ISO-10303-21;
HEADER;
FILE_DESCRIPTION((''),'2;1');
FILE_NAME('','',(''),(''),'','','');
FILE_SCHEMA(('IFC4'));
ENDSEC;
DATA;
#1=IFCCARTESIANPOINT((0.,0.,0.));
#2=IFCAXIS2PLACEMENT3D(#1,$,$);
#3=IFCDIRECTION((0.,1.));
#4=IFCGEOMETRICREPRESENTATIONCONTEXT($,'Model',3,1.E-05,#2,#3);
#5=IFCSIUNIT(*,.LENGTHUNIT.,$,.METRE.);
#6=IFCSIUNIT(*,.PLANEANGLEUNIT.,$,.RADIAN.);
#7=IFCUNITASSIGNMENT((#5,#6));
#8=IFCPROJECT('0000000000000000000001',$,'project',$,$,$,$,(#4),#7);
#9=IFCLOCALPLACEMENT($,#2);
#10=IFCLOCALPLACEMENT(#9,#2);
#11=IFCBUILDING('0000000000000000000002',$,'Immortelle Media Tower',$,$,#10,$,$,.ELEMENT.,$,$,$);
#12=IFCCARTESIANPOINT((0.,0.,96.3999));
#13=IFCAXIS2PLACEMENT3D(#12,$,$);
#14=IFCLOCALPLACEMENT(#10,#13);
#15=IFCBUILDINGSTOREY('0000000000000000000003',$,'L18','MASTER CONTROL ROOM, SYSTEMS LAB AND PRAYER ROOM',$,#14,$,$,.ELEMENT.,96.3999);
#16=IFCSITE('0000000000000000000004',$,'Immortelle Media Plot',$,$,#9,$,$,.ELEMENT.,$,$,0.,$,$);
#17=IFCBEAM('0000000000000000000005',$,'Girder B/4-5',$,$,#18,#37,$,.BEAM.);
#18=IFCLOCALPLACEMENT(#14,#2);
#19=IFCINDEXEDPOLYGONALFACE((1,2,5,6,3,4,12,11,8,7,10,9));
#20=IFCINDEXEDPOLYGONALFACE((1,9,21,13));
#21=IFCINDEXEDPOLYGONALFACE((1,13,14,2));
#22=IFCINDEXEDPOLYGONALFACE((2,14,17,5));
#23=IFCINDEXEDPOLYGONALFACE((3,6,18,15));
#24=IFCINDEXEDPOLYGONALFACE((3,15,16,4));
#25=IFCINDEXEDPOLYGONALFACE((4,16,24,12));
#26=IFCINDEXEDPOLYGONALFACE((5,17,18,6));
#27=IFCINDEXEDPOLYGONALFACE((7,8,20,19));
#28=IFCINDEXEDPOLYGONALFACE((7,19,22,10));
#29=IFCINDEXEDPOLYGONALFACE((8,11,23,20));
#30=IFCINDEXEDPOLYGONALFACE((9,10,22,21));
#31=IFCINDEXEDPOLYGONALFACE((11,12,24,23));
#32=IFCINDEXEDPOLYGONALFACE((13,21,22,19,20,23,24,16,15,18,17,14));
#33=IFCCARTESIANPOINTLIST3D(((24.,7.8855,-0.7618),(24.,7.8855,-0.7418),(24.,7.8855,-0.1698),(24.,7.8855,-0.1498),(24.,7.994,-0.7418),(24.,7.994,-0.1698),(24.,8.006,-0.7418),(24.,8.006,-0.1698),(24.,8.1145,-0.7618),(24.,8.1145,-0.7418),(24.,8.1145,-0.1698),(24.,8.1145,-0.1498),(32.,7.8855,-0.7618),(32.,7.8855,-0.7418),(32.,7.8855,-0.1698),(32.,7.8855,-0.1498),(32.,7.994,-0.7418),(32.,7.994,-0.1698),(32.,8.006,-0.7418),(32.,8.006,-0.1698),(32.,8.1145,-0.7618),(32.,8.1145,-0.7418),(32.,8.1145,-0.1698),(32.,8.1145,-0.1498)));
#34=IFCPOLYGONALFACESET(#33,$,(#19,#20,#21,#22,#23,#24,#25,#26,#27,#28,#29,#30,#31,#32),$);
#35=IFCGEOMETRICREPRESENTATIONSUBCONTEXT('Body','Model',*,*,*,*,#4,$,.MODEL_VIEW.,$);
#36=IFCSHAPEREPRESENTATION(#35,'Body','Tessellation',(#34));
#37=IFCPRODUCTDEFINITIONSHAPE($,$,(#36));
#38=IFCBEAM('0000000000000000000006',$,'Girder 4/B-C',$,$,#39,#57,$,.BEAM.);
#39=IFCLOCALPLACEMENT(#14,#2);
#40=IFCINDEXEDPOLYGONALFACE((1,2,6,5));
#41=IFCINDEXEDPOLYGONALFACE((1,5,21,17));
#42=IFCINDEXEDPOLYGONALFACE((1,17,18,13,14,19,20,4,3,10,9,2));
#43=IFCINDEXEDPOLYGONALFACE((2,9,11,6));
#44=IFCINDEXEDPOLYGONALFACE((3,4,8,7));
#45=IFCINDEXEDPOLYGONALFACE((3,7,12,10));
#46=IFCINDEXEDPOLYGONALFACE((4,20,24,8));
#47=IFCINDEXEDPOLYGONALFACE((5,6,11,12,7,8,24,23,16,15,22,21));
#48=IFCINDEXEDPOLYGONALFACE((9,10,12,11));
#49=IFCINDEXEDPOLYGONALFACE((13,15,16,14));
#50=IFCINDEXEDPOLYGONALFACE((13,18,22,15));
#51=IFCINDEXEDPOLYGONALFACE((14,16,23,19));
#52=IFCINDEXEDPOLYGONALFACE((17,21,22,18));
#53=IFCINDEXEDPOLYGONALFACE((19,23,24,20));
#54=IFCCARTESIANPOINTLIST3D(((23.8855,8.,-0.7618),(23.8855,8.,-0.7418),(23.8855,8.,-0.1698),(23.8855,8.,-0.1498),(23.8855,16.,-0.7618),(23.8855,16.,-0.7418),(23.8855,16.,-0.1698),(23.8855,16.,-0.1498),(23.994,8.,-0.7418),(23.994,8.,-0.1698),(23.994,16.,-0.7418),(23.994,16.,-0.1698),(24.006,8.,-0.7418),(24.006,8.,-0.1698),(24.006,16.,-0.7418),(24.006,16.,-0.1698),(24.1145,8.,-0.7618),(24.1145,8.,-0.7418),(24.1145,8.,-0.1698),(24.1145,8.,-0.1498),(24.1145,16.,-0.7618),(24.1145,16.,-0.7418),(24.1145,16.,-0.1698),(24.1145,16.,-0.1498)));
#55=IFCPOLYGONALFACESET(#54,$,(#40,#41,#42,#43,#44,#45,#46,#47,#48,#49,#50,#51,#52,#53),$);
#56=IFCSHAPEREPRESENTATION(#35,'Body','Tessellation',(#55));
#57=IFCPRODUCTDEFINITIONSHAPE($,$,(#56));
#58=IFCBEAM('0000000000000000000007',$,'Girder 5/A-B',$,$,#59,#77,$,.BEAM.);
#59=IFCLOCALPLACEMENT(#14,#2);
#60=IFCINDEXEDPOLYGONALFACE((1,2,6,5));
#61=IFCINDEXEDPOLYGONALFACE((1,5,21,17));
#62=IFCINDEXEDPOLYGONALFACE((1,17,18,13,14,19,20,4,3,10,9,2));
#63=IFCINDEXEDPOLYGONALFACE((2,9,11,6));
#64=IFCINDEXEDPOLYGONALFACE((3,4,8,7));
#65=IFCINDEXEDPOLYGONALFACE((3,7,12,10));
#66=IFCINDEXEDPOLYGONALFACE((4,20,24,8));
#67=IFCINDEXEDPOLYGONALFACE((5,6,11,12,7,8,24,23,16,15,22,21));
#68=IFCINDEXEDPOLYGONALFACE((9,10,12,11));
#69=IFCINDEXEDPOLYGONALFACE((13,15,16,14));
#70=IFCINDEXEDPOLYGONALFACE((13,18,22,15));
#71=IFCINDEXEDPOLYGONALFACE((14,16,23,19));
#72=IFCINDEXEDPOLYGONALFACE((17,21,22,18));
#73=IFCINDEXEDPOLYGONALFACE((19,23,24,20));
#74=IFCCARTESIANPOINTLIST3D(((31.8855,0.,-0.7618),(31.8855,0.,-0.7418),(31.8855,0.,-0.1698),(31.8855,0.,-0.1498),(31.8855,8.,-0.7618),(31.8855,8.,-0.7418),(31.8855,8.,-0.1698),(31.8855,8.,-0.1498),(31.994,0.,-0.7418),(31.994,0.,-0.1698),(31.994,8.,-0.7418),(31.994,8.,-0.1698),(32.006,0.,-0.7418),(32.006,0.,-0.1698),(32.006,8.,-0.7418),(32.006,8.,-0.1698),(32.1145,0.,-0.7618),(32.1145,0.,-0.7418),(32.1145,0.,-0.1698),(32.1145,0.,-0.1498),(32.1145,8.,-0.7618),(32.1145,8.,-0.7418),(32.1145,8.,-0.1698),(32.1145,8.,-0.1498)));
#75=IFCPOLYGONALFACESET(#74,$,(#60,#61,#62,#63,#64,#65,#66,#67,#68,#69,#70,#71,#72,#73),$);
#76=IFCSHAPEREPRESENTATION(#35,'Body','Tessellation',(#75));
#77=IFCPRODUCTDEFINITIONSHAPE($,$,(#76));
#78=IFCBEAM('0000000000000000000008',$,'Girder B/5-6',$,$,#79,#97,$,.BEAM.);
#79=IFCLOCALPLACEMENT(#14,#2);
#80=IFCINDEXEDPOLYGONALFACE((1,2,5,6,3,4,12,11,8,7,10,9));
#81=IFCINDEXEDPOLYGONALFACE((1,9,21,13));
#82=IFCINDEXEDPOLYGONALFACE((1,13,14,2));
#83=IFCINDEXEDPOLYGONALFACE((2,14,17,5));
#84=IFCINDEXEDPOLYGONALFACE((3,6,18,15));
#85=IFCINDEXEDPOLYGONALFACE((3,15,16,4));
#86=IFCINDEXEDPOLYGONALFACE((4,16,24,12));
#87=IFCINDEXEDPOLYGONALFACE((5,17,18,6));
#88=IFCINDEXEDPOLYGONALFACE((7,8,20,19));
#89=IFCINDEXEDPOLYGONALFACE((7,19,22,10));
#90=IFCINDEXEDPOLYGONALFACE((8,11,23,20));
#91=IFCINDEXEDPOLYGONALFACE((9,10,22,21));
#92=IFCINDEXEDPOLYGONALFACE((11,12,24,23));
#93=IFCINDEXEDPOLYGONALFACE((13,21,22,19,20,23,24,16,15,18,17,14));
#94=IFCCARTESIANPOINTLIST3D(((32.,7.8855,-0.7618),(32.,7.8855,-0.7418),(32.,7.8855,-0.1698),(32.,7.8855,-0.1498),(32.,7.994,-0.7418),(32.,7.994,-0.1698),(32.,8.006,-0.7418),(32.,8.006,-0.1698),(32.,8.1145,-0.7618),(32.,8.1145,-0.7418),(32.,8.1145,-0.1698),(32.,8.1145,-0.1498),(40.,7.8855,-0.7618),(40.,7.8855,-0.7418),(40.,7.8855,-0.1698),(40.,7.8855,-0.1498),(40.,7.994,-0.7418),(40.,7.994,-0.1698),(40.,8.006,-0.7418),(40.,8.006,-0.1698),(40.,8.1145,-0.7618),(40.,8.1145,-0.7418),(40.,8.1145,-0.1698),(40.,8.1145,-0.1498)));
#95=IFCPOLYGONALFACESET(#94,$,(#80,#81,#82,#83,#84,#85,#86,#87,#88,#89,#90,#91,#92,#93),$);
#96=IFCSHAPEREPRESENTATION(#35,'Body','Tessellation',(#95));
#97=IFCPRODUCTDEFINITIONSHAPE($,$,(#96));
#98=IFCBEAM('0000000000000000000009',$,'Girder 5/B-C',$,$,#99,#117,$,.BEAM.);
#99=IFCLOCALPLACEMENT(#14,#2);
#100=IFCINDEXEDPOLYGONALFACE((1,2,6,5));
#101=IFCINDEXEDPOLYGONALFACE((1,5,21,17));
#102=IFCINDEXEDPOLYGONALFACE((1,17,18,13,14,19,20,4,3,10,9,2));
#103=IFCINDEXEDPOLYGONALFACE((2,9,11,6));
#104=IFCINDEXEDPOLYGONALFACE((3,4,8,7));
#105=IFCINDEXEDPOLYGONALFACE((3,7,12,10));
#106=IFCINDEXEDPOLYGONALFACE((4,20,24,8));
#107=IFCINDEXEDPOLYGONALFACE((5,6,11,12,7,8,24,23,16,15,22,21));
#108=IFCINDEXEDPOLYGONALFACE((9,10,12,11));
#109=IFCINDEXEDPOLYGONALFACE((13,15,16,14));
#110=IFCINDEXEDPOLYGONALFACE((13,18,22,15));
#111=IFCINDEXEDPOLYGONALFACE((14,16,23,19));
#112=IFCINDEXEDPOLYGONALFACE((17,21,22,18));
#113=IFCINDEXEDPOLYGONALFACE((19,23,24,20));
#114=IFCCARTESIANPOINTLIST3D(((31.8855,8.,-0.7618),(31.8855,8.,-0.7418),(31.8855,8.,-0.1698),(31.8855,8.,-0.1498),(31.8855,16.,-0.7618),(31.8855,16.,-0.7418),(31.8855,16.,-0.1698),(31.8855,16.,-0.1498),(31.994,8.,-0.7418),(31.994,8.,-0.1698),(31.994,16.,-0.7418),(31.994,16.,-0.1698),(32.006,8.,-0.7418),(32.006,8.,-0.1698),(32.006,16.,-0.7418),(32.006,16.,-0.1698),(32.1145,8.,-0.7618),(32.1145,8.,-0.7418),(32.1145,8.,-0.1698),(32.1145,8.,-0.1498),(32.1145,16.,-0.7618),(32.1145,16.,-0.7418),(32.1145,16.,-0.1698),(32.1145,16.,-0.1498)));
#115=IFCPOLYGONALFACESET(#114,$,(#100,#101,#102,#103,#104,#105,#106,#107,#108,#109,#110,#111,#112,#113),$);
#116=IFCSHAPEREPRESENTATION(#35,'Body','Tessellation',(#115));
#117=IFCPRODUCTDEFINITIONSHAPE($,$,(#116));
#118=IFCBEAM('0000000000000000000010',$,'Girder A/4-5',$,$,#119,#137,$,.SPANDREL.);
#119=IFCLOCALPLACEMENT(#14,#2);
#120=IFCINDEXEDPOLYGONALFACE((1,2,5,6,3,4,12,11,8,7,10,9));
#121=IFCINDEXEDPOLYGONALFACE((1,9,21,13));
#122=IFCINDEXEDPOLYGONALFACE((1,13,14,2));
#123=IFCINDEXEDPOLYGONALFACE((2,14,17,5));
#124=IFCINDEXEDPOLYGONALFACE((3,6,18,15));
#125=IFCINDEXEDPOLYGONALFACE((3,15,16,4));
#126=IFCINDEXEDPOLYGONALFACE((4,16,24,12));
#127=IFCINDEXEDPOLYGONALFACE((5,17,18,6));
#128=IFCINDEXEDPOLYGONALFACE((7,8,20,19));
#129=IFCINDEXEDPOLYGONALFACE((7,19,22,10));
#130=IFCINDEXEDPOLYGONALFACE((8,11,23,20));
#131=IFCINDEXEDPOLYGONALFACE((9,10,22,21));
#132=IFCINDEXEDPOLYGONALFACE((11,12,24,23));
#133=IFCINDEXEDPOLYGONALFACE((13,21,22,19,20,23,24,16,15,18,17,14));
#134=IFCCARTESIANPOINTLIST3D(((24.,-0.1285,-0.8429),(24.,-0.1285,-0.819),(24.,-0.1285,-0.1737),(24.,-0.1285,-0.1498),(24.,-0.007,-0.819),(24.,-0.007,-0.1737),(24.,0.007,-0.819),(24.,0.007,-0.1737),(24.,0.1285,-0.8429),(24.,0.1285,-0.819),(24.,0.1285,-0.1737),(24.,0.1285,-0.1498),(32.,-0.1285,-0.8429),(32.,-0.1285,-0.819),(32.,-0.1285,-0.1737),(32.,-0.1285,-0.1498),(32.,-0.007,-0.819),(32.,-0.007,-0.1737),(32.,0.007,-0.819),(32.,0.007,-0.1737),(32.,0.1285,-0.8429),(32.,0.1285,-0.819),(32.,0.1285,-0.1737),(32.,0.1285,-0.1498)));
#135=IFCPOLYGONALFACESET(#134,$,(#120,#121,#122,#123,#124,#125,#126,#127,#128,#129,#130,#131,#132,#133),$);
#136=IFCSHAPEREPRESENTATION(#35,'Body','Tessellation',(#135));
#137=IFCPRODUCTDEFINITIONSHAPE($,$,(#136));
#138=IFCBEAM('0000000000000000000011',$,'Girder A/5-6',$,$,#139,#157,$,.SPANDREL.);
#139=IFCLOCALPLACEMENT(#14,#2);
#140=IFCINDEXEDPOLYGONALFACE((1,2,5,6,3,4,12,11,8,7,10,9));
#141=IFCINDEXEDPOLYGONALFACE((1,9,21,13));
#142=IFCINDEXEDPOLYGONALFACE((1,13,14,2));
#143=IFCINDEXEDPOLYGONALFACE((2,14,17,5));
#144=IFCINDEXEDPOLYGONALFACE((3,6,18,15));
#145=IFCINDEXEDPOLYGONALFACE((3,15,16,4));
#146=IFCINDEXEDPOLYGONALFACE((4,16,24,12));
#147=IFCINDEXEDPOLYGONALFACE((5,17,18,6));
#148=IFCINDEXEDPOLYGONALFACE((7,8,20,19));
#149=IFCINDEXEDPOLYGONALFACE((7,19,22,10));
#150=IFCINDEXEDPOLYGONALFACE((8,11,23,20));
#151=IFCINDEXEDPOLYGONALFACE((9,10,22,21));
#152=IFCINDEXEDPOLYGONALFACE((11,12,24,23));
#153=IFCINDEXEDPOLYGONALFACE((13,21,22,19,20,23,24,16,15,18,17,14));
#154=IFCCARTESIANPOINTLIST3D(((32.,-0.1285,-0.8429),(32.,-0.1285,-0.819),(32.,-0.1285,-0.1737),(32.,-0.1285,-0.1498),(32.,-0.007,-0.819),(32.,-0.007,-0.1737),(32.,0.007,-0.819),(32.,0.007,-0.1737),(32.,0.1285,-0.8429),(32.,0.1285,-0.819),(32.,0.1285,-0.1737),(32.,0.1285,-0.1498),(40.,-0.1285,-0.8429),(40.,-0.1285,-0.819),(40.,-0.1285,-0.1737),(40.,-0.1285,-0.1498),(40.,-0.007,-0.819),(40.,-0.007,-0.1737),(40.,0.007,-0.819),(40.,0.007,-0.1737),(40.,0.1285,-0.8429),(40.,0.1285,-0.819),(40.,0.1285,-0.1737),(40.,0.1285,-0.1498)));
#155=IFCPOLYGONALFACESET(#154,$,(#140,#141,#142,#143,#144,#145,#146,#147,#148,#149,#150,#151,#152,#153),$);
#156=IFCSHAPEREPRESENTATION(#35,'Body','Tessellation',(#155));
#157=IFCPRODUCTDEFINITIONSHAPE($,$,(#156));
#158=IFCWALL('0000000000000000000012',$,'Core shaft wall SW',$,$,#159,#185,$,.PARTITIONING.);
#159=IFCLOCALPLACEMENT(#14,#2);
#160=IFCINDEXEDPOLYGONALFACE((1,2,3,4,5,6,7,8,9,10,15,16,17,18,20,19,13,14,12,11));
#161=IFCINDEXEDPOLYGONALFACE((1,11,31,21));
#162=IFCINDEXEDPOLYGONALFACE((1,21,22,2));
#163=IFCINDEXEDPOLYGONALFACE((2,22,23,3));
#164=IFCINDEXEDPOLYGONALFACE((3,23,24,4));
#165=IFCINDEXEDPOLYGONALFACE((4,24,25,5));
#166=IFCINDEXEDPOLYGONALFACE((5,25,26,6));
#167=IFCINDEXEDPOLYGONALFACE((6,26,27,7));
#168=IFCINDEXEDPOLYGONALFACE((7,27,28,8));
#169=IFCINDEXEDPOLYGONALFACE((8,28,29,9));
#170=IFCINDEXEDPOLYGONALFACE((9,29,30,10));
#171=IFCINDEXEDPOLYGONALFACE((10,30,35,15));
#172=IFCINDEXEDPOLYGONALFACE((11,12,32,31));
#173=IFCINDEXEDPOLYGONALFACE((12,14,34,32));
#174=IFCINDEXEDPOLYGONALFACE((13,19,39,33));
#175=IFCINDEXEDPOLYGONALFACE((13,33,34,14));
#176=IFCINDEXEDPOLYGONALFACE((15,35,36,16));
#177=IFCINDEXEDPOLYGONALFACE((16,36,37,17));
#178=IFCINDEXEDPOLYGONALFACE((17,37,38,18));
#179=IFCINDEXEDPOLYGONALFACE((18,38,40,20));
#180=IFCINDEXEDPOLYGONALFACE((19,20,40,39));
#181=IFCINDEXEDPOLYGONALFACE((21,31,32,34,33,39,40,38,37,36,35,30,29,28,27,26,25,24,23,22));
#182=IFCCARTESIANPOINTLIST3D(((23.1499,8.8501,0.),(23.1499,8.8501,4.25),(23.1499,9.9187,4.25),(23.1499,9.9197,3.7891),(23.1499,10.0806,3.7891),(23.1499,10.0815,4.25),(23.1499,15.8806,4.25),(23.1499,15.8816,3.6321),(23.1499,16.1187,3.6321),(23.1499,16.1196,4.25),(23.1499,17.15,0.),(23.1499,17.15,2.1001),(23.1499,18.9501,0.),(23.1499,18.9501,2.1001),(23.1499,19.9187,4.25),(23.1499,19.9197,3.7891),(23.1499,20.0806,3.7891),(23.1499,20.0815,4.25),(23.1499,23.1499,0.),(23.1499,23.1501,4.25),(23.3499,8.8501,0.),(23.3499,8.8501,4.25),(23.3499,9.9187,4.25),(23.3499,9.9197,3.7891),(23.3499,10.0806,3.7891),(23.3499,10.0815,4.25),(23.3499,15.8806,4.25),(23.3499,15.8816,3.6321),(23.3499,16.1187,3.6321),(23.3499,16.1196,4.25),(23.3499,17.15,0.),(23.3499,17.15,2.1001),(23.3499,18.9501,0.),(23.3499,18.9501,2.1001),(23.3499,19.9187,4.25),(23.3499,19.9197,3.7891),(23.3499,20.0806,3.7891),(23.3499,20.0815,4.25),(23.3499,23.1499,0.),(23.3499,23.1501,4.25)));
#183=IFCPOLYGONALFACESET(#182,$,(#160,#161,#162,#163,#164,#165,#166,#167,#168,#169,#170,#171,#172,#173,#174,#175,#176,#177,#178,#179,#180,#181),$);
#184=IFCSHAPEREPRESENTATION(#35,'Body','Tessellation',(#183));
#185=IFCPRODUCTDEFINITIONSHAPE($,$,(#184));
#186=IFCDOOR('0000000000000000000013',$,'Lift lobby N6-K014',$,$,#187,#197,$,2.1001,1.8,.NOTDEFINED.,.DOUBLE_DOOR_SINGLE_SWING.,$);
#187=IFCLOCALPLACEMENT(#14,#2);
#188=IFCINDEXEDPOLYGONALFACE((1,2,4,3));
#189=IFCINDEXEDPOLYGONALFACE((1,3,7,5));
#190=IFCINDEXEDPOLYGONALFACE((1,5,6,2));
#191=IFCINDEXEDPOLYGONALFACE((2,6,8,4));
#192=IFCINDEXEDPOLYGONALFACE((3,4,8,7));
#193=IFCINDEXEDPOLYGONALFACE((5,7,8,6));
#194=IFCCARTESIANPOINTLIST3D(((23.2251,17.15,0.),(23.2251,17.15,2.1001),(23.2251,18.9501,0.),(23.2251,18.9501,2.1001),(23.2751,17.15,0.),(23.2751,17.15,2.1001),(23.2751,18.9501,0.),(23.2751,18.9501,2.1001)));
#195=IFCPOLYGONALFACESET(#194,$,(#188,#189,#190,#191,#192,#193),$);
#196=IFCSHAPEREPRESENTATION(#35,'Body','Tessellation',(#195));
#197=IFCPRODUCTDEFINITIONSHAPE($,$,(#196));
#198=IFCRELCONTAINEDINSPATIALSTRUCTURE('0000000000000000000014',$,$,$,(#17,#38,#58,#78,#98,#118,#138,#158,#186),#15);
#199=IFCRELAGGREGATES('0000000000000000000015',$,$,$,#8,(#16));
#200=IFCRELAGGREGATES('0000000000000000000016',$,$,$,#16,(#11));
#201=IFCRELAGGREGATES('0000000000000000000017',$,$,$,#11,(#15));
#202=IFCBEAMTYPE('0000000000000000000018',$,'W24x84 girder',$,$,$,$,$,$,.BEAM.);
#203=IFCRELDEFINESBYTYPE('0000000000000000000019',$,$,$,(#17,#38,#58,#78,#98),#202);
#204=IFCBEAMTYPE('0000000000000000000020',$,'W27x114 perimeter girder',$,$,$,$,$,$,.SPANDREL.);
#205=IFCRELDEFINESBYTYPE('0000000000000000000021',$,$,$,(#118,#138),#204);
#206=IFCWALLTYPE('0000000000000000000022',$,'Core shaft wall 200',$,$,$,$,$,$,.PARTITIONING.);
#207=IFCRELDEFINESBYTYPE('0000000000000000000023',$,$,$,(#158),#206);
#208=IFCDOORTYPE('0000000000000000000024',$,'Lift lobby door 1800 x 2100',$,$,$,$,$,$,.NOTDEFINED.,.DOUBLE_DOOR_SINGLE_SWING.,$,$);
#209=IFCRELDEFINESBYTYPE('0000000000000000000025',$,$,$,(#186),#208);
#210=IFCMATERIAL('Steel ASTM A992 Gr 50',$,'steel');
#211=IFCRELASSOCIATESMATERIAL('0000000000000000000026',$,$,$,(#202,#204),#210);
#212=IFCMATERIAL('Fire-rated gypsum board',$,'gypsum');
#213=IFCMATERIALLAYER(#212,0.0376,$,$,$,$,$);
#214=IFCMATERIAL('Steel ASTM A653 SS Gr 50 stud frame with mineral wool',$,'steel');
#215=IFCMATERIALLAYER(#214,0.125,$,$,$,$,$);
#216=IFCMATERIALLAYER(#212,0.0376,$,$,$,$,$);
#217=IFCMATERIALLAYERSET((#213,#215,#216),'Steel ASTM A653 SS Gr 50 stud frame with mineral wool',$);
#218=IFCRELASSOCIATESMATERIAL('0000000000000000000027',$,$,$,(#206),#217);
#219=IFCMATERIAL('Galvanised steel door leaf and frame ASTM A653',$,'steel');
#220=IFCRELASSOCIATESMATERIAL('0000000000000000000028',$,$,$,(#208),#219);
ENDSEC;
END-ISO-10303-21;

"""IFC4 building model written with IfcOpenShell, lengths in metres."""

from ifc_helpers import new_model, si_unit, direction, frame, frame_2d, origin, origin_2d, place, context, subcontext, project, spatial, polyline, rectangle, i_section, outline, extrude, material, layer, layer_set, material_profile, profile_set, type_object, element, fill, save


model = new_model("IFC4")

# Units and contexts
model_context = context("Model", 3, precision=1e-05, world=origin(), true_north=direction((0.0, 1.0)))
body_context = subcontext(model_context, "Body", "Model", "MODEL_VIEW")
ifc_project = project(units=[si_unit("LENGTHUNIT", "METRE"), si_unit("PLANEANGLEUNIT", "RADIAN")], contexts=[model_context])

# Site, building, storey
site_placement = place(None, origin())
site = spatial("IfcSite", under=ifc_project, at=site_placement, Name="Immortelle Media Plot", CompositionType="ELEMENT", RefElevation=0.0)
building_placement = place(site_placement, origin())
building = spatial("IfcBuilding", under=site, at=building_placement, Name="Immortelle Media Tower", CompositionType="ELEMENT")
storey_placement = place(building_placement, frame((0.0, 0.0, 96.3999)))
storey = spatial("IfcBuildingStorey", under=building, at=storey_placement, Name="L18", Description="MASTER CONTROL ROOM, SYSTEMS LAB AND PRAYER ROOM", CompositionType="ELEMENT", Elevation=96.3999)

# Shared definitions
ifc_material_1 = material(Name="Steel ASTM A992 Gr 50", Category="steel")

# Beams
ifc_material_profile_1 = material_profile(ifc_material_1, i_section(OverallWidth=0.229, OverallDepth=0.6121, WebThickness=0.012, FlangeThickness=0.02, at=origin_2d()), Name="W24x84")
ifc_profile_set_1 = profile_set([ifc_material_profile_1], Name="Steel ASTM A992 Gr 50")
beam_type_1 = type_object("IfcBeamType", Name="W24x84 girder", PredefinedType="BEAM", material=ifc_profile_set_1)
for number, where, z_axis, x_axis, name in (
    (1, (24.0, 8.0, -0.4558), (1.0, 0.0, 0.0), (0.0, 1.0, 0.0), "Girder B/4-5"),
    (2, (24.0, 8.0, -0.4558), (0.0, 1.0, 0.0), (-1.0, 0.0, 0.0), "Girder 4/B-C"),
    (3, (32.0, 0.0, -0.4558), (0.0, 1.0, 0.0), (-1.0, 0.0, 0.0), "Girder 5/A-B"),
    (4, (32.0, 8.0, -0.4558), (1.0, 0.0, 0.0), (0.0, 1.0, 0.0), "Girder B/5-6"),
    (5, (32.0, 8.0, -0.4558), (0.0, 1.0, 0.0), (-1.0, 0.0, 0.0), "Girder 5/B-C"),
):
    element("IfcBeam", number, at=place(storey_placement, frame(where, z_axis=z_axis, x_axis=x_axis)), inside=storey, type_object=beam_type_1, Name=name, PredefinedType="BEAM", context=body_context, shape_type="SweptSolid", body=[
        extrude(i_section(OverallWidth=0.229, OverallDepth=0.6121, WebThickness=0.012, FlangeThickness=0.02, at=origin_2d()), origin(), (0.0, 0.0, 1.0), 8.0),
    ])
ifc_material_profile_2 = material_profile(ifc_material_1, i_section(OverallWidth=0.2571, OverallDepth=0.6931, WebThickness=0.0139, FlangeThickness=0.0239, at=origin_2d()), Name="W27x114")
ifc_profile_set_2 = profile_set([ifc_material_profile_2], Name="Steel ASTM A992 Gr 50")
beam_type_2 = type_object("IfcBeamType", Name="W27x114 perimeter girder", PredefinedType="SPANDREL", material=ifc_profile_set_2)
for number, where, z_axis, x_axis, name in (
    (6, (24.0, 0.0, -0.4963), (1.0, 0.0, 0.0), (0.0, 1.0, 0.0), "Girder A/4-5"),
    (7, (32.0, 0.0, -0.4963), (1.0, 0.0, 0.0), (0.0, 1.0, 0.0), "Girder A/5-6"),
):
    element("IfcBeam", number, at=place(storey_placement, frame(where, z_axis=z_axis, x_axis=x_axis)), inside=storey, type_object=beam_type_2, Name=name, PredefinedType="SPANDREL", context=body_context, shape_type="SweptSolid", body=[
        extrude(i_section(OverallWidth=0.2571, OverallDepth=0.6931, WebThickness=0.0139, FlangeThickness=0.0239, at=origin_2d()), origin(), (0.0, 0.0, 1.0), 8.0),
    ])

# Wall, opening, door
ifc_material_2 = material(Name="Fire-rated gypsum board", Category="gypsum")
ifc_layer_1 = layer(ifc_material_2, 0.0376)
ifc_material_3 = material(Name="Steel ASTM A653 SS Gr 50 stud frame with mineral wool", Category="steel")
ifc_layer_2 = layer(ifc_material_3, 0.125)
ifc_layer_3 = layer(ifc_material_2, 0.0376)
ifc_layer_set_1 = layer_set([ifc_layer_1, ifc_layer_2, ifc_layer_3], Name="Steel ASTM A653 SS Gr 50 stud frame with mineral wool")
wall_type_1 = type_object("IfcWallType", Name="Core shaft wall 200", PredefinedType="PARTITIONING", material=ifc_layer_set_1)
wall_1_placement = place(storey_placement, frame((23.25, 8.8501, 0.0), z_axis=(0.0, 0.0, 1.0), x_axis=(0.0, 1.0, 0.0)))
wall_1 = element("IfcWall", 8, at=wall_1_placement, inside=storey, type_object=wall_type_1, Name="Core shaft wall SW", PredefinedType="PARTITIONING", context=body_context, shape_type="SweptSolid", body=[
    extrude(outline(polyline([(0.0, 0.0), (14.2998, 0.0), (14.3, 4.25), (11.2314, 4.25), (11.2305, 3.7891), (11.0696, 3.7891), (11.0686, 4.25), (7.2695, 4.25), (7.2686, 3.6321), (7.0315, 3.6321), (7.0305, 4.25), (1.2314, 4.25), (1.2305, 3.7891), (1.0696, 3.7891), (1.0686, 4.25), (0.0, 4.25), (0.0, 0.0)])), frame((0.0, 0.1001, 0.0), z_axis=(0.0, -1.0, 0.0), x_axis=(1.0, 0.0, 0.0)), (0.0, 0.0, 1.0), 0.2),
])
opening_1_placement = place(wall_1_placement, frame((8.3, 0.0, 0.0)))
opening_1 = element("IfcOpeningElement", 9, at=opening_1_placement, cuts=wall_1, PredefinedType="OPENING", context=body_context, shape_type="SweptSolid", body=[
    extrude(rectangle(XDim=1.8, YDim=2.1001, at=frame_2d((0.8999, 1.05))), frame((0.0, 0.1099, 0.0), z_axis=(0.0, -1.0, 0.0), x_axis=(1.0, 0.0, 0.0)), (0.0, 0.0, 1.0), 0.22),
])
ifc_material_4 = material(Name="Galvanised steel door leaf and frame ASTM A653", Category="steel")
door_type_1 = type_object("IfcDoorType", Name="Lift lobby door 1800 x 2100", OperationType="DOUBLE_DOOR_SINGLE_SWING", PredefinedType="NOTDEFINED", material=ifc_material_4)
door_1_placement = place(opening_1_placement, origin())
door_1 = element("IfcDoor", 10, at=door_1_placement, inside=storey, type_object=door_type_1, Name="Lift lobby N6-K014", OperationType="DOUBLE_DOOR_SINGLE_SWING", OverallHeight=2.1001, OverallWidth=1.8, PredefinedType="NOTDEFINED", context=body_context, shape_type="SweptSolid", body=[
    extrude(rectangle(XDim=1.8, YDim=2.1001, at=frame_2d((0.8999, 1.05))), frame((0.0, 0.0249, 0.0), z_axis=(0.0, -1.0, 0.0), x_axis=(1.0, 0.0, 0.0)), (0.0, 0.0, 1.0), 0.05),
])
fill(opening_1, door_1)

save(model, "model.ifc")
